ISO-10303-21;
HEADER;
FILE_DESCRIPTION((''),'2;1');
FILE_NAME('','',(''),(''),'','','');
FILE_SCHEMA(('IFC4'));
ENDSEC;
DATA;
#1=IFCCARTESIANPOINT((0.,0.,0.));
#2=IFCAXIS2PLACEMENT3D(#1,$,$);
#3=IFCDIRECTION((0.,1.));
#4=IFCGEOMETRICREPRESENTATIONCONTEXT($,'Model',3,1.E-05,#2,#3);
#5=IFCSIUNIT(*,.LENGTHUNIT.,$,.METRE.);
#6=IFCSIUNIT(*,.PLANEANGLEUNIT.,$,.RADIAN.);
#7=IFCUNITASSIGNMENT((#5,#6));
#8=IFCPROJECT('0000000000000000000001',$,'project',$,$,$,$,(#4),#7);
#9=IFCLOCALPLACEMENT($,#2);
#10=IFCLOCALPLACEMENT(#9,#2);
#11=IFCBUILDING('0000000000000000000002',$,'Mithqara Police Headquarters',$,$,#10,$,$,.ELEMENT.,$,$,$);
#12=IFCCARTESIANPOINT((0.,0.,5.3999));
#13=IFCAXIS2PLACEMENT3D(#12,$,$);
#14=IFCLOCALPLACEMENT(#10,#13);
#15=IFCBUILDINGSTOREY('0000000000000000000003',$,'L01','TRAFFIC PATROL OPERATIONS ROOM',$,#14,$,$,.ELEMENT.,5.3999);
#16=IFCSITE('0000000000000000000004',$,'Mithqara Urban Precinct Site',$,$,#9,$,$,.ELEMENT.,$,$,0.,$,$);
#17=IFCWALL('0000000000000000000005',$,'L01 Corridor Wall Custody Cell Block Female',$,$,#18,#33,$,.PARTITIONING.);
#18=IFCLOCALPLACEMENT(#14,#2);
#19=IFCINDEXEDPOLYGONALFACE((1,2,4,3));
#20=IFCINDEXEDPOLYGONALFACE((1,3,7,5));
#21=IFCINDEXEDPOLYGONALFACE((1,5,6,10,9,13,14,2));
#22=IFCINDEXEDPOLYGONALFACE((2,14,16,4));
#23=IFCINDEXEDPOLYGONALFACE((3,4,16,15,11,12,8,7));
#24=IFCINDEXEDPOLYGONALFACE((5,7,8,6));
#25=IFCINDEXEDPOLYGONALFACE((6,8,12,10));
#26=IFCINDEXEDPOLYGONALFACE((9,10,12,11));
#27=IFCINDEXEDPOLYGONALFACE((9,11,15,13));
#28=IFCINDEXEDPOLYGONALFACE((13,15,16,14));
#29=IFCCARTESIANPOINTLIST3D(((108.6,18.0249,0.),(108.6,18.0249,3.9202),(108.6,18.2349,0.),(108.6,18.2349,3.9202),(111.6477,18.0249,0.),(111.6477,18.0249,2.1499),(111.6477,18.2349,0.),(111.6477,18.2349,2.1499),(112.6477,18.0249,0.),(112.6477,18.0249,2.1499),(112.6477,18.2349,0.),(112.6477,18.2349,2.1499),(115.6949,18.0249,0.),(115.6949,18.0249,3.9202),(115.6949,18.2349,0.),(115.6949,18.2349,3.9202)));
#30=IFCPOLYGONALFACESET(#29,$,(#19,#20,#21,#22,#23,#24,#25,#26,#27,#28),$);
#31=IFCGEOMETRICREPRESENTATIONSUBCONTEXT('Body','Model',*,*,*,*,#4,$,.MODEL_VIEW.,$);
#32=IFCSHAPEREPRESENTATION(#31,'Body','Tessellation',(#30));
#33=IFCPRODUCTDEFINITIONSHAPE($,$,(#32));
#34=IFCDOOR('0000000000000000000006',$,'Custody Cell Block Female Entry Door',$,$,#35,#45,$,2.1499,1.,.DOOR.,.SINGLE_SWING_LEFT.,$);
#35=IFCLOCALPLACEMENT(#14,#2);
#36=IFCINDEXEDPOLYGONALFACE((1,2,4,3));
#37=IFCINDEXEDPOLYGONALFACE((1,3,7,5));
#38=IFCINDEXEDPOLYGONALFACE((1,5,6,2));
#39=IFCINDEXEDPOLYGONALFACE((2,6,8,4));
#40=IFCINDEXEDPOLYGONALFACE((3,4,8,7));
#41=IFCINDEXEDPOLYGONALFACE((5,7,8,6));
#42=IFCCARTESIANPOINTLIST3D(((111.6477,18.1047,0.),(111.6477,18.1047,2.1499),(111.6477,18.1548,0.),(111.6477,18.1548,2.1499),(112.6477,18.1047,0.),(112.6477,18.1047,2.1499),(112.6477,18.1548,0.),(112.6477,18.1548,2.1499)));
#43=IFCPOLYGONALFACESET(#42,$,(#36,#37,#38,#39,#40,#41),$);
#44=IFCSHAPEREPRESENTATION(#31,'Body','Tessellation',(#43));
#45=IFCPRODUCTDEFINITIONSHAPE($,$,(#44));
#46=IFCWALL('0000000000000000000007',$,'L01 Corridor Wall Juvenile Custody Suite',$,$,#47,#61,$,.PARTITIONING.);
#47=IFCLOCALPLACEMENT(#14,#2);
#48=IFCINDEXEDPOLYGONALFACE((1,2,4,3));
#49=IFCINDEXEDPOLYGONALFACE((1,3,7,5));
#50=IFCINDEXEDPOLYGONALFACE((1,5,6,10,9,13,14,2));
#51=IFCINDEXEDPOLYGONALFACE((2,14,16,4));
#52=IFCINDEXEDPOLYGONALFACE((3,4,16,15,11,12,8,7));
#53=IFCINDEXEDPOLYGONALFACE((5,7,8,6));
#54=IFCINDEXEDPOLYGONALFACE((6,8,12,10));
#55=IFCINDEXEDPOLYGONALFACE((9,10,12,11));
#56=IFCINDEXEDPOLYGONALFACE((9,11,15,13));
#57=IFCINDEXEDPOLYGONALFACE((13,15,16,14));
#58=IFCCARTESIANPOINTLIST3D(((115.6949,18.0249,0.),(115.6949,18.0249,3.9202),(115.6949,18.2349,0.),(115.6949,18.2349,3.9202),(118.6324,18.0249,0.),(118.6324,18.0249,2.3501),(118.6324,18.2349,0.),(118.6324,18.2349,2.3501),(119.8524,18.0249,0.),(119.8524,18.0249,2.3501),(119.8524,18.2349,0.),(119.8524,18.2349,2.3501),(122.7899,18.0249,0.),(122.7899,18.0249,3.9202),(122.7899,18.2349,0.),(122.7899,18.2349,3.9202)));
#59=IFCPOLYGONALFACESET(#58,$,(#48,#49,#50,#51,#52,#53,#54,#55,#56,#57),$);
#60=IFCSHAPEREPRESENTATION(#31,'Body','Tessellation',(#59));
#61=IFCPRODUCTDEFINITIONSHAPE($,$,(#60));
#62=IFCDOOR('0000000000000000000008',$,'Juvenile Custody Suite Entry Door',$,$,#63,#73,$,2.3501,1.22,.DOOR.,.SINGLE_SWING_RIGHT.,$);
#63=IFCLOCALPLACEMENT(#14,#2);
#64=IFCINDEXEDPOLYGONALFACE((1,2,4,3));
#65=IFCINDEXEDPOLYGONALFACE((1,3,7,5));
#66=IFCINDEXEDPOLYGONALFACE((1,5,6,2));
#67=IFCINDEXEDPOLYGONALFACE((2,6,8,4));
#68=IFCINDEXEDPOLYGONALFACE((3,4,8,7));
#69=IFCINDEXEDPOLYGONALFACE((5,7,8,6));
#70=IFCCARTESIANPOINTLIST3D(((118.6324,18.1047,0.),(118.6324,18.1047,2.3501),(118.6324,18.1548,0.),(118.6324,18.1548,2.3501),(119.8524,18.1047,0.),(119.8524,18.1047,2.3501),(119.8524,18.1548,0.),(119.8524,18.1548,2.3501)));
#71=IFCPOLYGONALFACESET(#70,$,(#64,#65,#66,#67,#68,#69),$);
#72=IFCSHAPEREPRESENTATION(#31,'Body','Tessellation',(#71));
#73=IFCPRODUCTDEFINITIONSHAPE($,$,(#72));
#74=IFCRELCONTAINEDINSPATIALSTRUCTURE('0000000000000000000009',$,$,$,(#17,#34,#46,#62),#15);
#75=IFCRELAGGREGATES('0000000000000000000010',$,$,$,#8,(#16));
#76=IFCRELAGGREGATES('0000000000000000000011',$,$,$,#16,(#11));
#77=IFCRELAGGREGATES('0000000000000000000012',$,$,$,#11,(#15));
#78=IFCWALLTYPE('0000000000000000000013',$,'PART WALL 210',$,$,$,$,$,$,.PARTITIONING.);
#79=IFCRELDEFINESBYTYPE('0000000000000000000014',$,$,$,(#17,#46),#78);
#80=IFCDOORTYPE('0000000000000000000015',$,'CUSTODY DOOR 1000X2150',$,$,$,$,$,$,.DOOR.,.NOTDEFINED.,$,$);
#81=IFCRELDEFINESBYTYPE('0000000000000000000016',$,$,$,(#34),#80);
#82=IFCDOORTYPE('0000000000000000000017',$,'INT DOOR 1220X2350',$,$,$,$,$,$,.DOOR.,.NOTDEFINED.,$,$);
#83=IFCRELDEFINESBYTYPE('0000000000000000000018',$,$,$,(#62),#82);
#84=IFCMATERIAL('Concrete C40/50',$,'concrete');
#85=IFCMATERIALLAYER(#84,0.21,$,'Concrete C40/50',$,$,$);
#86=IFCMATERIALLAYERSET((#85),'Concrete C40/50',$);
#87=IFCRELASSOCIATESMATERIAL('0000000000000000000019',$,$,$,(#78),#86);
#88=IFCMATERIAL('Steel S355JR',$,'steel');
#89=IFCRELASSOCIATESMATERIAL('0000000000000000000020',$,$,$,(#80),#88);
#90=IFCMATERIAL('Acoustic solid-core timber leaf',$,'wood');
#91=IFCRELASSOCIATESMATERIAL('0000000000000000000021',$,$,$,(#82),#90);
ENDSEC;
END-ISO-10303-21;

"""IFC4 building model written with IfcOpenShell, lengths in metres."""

from ifc_helpers import new_model, si_unit, direction, frame, frame_2d, origin, place, context, subcontext, project, spatial, rectangle, extrude, material, layer, layer_set, type_object, element, fill, save


model = new_model("IFC4")

# Units and contexts
model_context = context("Model", 3, precision=1e-05, world=origin(), true_north=direction((0.0, 1.0)))
body_context = subcontext(model_context, "Body", "Model", "MODEL_VIEW")
ifc_project = project(units=[si_unit("LENGTHUNIT", "METRE"), si_unit("PLANEANGLEUNIT", "RADIAN")], contexts=[model_context])

# Site, building, storey
site_placement = place(None, origin())
site = spatial("IfcSite", under=ifc_project, at=site_placement, Name="Mithqara Urban Precinct Site", CompositionType="ELEMENT", RefElevation=0.0)
building_placement = place(site_placement, origin())
building = spatial("IfcBuilding", under=site, at=building_placement, Name="Mithqara Police Headquarters", CompositionType="ELEMENT")
storey_placement = place(building_placement, frame((0.0, 0.0, 5.3999)))
storey = spatial("IfcBuildingStorey", under=building, at=storey_placement, Name="L01", Description="TRAFFIC PATROL OPERATIONS ROOM", CompositionType="ELEMENT", Elevation=5.3999)

# Shared definitions
ifc_material_1 = material(Name="Steel S355JR", Category="steel")
ifc_material_2 = material(Name="Concrete C40/50", Category="concrete")

# Walls, openings, doors
ifc_layer_1 = layer(ifc_material_2, 0.21, Name="Concrete C40/50")
ifc_layer_set_1 = layer_set([ifc_layer_1], Name="Concrete C40/50")
wall_type_1 = type_object("IfcWallType", Name="PART WALL 210", PredefinedType="PARTITIONING", material=ifc_layer_set_1)
ifc_material_3 = material(Name="Acoustic solid-core timber leaf", Category="wood")
door_type_1 = type_object("IfcDoorType", Name="CUSTODY DOOR 1000X2150", OperationType="NOTDEFINED", PredefinedType="DOOR", material=ifc_material_1)
wall_1_placement = place(storey_placement, frame((108.6001, 18.1299, 0.0), z_axis=(0.0, 0.0, 1.0), x_axis=(1.0, 0.0, 0.0)))
wall_1 = element("IfcWall", 1, at=wall_1_placement, inside=storey, type_object=wall_type_1, Name="L01 Corridor Wall Custody Cell Block Female", PredefinedType="PARTITIONING", context=body_context, shape_type="SweptSolid", body=[
    extrude(rectangle(XDim=7.095, YDim=0.21, at=frame_2d((3.5474, 0.0))), origin(), (0.0, 0.0, 1.0), 3.9202),
])
opening_1_placement = place(wall_1_placement, frame((3.0476, 0.0, 0.0)))
opening_1 = element("IfcOpeningElement", 2, at=opening_1_placement, cuts=wall_1, PredefinedType="OPENING", context=body_context, shape_type="SweptSolid", body=[
    extrude(rectangle(XDim=1.0, YDim=2.1499, at=frame_2d((0.5, 1.075))), frame((0.0, 0.115, 0.0), z_axis=(0.0, -1.0, 0.0), x_axis=(1.0, 0.0, 0.0)), (0.0, 0.0, 1.0), 0.23),
])
door_1_placement = place(opening_1_placement, origin())
door_1 = element("IfcDoor", 3, at=door_1_placement, inside=storey, type_object=door_type_1, Name="Custody Cell Block Female Entry Door", OperationType="SINGLE_SWING_LEFT", OverallHeight=2.1499, OverallWidth=1.0, PredefinedType="DOOR", context=body_context, shape_type="SweptSolid", body=[
    extrude(rectangle(XDim=1.0, YDim=2.1499, at=frame_2d((0.5, 1.075))), frame((0.0, 0.0249, 0.0), z_axis=(0.0, -1.0, 0.0), x_axis=(1.0, 0.0, 0.0)), (0.0, 0.0, 1.0), 0.05),
])
fill(opening_1, door_1)
wall_2_placement = place(storey_placement, frame((115.6951, 18.1299, 0.0), z_axis=(0.0, 0.0, 1.0), x_axis=(1.0, 0.0, 0.0)))
wall_2 = element("IfcWall", 4, at=wall_2_placement, inside=storey, type_object=wall_type_1, Name="L01 Corridor Wall Juvenile Custody Suite", PredefinedType="PARTITIONING", context=body_context, shape_type="SweptSolid", body=[
    extrude(rectangle(XDim=7.095, YDim=0.21, at=frame_2d((3.5474, 0.0))), origin(), (0.0, 0.0, 1.0), 3.9202),
])
opening_2_placement = place(wall_2_placement, frame((2.9375, 0.0, 0.0)))
opening_2 = element("IfcOpeningElement", 5, at=opening_2_placement, cuts=wall_2, PredefinedType="OPENING", context=body_context, shape_type="SweptSolid", body=[
    extrude(rectangle(XDim=1.22, YDim=2.3501, at=frame_2d((0.6099, 1.175))), frame((0.0, 0.115, 0.0), z_axis=(0.0, -1.0, 0.0), x_axis=(1.0, 0.0, 0.0)), (0.0, 0.0, 1.0), 0.23),
])
door_type_2 = type_object("IfcDoorType", Name="INT DOOR 1220X2350", OperationType="NOTDEFINED", PredefinedType="DOOR", material=ifc_material_3)
door_2_placement = place(opening_2_placement, origin())
door_2 = element("IfcDoor", 6, at=door_2_placement, inside=storey, type_object=door_type_2, Name="Juvenile Custody Suite Entry Door", OperationType="SINGLE_SWING_RIGHT", OverallHeight=2.3501, OverallWidth=1.22, PredefinedType="DOOR", context=body_context, shape_type="SweptSolid", body=[
    extrude(rectangle(XDim=1.22, YDim=2.3501, at=frame_2d((0.6099, 1.175))), frame((0.0, 0.0249, 0.0), z_axis=(0.0, -1.0, 0.0), x_axis=(1.0, 0.0, 0.0)), (0.0, 0.0, 1.0), 0.05),
])
fill(opening_2, door_2)

save(model, "model.ifc")
